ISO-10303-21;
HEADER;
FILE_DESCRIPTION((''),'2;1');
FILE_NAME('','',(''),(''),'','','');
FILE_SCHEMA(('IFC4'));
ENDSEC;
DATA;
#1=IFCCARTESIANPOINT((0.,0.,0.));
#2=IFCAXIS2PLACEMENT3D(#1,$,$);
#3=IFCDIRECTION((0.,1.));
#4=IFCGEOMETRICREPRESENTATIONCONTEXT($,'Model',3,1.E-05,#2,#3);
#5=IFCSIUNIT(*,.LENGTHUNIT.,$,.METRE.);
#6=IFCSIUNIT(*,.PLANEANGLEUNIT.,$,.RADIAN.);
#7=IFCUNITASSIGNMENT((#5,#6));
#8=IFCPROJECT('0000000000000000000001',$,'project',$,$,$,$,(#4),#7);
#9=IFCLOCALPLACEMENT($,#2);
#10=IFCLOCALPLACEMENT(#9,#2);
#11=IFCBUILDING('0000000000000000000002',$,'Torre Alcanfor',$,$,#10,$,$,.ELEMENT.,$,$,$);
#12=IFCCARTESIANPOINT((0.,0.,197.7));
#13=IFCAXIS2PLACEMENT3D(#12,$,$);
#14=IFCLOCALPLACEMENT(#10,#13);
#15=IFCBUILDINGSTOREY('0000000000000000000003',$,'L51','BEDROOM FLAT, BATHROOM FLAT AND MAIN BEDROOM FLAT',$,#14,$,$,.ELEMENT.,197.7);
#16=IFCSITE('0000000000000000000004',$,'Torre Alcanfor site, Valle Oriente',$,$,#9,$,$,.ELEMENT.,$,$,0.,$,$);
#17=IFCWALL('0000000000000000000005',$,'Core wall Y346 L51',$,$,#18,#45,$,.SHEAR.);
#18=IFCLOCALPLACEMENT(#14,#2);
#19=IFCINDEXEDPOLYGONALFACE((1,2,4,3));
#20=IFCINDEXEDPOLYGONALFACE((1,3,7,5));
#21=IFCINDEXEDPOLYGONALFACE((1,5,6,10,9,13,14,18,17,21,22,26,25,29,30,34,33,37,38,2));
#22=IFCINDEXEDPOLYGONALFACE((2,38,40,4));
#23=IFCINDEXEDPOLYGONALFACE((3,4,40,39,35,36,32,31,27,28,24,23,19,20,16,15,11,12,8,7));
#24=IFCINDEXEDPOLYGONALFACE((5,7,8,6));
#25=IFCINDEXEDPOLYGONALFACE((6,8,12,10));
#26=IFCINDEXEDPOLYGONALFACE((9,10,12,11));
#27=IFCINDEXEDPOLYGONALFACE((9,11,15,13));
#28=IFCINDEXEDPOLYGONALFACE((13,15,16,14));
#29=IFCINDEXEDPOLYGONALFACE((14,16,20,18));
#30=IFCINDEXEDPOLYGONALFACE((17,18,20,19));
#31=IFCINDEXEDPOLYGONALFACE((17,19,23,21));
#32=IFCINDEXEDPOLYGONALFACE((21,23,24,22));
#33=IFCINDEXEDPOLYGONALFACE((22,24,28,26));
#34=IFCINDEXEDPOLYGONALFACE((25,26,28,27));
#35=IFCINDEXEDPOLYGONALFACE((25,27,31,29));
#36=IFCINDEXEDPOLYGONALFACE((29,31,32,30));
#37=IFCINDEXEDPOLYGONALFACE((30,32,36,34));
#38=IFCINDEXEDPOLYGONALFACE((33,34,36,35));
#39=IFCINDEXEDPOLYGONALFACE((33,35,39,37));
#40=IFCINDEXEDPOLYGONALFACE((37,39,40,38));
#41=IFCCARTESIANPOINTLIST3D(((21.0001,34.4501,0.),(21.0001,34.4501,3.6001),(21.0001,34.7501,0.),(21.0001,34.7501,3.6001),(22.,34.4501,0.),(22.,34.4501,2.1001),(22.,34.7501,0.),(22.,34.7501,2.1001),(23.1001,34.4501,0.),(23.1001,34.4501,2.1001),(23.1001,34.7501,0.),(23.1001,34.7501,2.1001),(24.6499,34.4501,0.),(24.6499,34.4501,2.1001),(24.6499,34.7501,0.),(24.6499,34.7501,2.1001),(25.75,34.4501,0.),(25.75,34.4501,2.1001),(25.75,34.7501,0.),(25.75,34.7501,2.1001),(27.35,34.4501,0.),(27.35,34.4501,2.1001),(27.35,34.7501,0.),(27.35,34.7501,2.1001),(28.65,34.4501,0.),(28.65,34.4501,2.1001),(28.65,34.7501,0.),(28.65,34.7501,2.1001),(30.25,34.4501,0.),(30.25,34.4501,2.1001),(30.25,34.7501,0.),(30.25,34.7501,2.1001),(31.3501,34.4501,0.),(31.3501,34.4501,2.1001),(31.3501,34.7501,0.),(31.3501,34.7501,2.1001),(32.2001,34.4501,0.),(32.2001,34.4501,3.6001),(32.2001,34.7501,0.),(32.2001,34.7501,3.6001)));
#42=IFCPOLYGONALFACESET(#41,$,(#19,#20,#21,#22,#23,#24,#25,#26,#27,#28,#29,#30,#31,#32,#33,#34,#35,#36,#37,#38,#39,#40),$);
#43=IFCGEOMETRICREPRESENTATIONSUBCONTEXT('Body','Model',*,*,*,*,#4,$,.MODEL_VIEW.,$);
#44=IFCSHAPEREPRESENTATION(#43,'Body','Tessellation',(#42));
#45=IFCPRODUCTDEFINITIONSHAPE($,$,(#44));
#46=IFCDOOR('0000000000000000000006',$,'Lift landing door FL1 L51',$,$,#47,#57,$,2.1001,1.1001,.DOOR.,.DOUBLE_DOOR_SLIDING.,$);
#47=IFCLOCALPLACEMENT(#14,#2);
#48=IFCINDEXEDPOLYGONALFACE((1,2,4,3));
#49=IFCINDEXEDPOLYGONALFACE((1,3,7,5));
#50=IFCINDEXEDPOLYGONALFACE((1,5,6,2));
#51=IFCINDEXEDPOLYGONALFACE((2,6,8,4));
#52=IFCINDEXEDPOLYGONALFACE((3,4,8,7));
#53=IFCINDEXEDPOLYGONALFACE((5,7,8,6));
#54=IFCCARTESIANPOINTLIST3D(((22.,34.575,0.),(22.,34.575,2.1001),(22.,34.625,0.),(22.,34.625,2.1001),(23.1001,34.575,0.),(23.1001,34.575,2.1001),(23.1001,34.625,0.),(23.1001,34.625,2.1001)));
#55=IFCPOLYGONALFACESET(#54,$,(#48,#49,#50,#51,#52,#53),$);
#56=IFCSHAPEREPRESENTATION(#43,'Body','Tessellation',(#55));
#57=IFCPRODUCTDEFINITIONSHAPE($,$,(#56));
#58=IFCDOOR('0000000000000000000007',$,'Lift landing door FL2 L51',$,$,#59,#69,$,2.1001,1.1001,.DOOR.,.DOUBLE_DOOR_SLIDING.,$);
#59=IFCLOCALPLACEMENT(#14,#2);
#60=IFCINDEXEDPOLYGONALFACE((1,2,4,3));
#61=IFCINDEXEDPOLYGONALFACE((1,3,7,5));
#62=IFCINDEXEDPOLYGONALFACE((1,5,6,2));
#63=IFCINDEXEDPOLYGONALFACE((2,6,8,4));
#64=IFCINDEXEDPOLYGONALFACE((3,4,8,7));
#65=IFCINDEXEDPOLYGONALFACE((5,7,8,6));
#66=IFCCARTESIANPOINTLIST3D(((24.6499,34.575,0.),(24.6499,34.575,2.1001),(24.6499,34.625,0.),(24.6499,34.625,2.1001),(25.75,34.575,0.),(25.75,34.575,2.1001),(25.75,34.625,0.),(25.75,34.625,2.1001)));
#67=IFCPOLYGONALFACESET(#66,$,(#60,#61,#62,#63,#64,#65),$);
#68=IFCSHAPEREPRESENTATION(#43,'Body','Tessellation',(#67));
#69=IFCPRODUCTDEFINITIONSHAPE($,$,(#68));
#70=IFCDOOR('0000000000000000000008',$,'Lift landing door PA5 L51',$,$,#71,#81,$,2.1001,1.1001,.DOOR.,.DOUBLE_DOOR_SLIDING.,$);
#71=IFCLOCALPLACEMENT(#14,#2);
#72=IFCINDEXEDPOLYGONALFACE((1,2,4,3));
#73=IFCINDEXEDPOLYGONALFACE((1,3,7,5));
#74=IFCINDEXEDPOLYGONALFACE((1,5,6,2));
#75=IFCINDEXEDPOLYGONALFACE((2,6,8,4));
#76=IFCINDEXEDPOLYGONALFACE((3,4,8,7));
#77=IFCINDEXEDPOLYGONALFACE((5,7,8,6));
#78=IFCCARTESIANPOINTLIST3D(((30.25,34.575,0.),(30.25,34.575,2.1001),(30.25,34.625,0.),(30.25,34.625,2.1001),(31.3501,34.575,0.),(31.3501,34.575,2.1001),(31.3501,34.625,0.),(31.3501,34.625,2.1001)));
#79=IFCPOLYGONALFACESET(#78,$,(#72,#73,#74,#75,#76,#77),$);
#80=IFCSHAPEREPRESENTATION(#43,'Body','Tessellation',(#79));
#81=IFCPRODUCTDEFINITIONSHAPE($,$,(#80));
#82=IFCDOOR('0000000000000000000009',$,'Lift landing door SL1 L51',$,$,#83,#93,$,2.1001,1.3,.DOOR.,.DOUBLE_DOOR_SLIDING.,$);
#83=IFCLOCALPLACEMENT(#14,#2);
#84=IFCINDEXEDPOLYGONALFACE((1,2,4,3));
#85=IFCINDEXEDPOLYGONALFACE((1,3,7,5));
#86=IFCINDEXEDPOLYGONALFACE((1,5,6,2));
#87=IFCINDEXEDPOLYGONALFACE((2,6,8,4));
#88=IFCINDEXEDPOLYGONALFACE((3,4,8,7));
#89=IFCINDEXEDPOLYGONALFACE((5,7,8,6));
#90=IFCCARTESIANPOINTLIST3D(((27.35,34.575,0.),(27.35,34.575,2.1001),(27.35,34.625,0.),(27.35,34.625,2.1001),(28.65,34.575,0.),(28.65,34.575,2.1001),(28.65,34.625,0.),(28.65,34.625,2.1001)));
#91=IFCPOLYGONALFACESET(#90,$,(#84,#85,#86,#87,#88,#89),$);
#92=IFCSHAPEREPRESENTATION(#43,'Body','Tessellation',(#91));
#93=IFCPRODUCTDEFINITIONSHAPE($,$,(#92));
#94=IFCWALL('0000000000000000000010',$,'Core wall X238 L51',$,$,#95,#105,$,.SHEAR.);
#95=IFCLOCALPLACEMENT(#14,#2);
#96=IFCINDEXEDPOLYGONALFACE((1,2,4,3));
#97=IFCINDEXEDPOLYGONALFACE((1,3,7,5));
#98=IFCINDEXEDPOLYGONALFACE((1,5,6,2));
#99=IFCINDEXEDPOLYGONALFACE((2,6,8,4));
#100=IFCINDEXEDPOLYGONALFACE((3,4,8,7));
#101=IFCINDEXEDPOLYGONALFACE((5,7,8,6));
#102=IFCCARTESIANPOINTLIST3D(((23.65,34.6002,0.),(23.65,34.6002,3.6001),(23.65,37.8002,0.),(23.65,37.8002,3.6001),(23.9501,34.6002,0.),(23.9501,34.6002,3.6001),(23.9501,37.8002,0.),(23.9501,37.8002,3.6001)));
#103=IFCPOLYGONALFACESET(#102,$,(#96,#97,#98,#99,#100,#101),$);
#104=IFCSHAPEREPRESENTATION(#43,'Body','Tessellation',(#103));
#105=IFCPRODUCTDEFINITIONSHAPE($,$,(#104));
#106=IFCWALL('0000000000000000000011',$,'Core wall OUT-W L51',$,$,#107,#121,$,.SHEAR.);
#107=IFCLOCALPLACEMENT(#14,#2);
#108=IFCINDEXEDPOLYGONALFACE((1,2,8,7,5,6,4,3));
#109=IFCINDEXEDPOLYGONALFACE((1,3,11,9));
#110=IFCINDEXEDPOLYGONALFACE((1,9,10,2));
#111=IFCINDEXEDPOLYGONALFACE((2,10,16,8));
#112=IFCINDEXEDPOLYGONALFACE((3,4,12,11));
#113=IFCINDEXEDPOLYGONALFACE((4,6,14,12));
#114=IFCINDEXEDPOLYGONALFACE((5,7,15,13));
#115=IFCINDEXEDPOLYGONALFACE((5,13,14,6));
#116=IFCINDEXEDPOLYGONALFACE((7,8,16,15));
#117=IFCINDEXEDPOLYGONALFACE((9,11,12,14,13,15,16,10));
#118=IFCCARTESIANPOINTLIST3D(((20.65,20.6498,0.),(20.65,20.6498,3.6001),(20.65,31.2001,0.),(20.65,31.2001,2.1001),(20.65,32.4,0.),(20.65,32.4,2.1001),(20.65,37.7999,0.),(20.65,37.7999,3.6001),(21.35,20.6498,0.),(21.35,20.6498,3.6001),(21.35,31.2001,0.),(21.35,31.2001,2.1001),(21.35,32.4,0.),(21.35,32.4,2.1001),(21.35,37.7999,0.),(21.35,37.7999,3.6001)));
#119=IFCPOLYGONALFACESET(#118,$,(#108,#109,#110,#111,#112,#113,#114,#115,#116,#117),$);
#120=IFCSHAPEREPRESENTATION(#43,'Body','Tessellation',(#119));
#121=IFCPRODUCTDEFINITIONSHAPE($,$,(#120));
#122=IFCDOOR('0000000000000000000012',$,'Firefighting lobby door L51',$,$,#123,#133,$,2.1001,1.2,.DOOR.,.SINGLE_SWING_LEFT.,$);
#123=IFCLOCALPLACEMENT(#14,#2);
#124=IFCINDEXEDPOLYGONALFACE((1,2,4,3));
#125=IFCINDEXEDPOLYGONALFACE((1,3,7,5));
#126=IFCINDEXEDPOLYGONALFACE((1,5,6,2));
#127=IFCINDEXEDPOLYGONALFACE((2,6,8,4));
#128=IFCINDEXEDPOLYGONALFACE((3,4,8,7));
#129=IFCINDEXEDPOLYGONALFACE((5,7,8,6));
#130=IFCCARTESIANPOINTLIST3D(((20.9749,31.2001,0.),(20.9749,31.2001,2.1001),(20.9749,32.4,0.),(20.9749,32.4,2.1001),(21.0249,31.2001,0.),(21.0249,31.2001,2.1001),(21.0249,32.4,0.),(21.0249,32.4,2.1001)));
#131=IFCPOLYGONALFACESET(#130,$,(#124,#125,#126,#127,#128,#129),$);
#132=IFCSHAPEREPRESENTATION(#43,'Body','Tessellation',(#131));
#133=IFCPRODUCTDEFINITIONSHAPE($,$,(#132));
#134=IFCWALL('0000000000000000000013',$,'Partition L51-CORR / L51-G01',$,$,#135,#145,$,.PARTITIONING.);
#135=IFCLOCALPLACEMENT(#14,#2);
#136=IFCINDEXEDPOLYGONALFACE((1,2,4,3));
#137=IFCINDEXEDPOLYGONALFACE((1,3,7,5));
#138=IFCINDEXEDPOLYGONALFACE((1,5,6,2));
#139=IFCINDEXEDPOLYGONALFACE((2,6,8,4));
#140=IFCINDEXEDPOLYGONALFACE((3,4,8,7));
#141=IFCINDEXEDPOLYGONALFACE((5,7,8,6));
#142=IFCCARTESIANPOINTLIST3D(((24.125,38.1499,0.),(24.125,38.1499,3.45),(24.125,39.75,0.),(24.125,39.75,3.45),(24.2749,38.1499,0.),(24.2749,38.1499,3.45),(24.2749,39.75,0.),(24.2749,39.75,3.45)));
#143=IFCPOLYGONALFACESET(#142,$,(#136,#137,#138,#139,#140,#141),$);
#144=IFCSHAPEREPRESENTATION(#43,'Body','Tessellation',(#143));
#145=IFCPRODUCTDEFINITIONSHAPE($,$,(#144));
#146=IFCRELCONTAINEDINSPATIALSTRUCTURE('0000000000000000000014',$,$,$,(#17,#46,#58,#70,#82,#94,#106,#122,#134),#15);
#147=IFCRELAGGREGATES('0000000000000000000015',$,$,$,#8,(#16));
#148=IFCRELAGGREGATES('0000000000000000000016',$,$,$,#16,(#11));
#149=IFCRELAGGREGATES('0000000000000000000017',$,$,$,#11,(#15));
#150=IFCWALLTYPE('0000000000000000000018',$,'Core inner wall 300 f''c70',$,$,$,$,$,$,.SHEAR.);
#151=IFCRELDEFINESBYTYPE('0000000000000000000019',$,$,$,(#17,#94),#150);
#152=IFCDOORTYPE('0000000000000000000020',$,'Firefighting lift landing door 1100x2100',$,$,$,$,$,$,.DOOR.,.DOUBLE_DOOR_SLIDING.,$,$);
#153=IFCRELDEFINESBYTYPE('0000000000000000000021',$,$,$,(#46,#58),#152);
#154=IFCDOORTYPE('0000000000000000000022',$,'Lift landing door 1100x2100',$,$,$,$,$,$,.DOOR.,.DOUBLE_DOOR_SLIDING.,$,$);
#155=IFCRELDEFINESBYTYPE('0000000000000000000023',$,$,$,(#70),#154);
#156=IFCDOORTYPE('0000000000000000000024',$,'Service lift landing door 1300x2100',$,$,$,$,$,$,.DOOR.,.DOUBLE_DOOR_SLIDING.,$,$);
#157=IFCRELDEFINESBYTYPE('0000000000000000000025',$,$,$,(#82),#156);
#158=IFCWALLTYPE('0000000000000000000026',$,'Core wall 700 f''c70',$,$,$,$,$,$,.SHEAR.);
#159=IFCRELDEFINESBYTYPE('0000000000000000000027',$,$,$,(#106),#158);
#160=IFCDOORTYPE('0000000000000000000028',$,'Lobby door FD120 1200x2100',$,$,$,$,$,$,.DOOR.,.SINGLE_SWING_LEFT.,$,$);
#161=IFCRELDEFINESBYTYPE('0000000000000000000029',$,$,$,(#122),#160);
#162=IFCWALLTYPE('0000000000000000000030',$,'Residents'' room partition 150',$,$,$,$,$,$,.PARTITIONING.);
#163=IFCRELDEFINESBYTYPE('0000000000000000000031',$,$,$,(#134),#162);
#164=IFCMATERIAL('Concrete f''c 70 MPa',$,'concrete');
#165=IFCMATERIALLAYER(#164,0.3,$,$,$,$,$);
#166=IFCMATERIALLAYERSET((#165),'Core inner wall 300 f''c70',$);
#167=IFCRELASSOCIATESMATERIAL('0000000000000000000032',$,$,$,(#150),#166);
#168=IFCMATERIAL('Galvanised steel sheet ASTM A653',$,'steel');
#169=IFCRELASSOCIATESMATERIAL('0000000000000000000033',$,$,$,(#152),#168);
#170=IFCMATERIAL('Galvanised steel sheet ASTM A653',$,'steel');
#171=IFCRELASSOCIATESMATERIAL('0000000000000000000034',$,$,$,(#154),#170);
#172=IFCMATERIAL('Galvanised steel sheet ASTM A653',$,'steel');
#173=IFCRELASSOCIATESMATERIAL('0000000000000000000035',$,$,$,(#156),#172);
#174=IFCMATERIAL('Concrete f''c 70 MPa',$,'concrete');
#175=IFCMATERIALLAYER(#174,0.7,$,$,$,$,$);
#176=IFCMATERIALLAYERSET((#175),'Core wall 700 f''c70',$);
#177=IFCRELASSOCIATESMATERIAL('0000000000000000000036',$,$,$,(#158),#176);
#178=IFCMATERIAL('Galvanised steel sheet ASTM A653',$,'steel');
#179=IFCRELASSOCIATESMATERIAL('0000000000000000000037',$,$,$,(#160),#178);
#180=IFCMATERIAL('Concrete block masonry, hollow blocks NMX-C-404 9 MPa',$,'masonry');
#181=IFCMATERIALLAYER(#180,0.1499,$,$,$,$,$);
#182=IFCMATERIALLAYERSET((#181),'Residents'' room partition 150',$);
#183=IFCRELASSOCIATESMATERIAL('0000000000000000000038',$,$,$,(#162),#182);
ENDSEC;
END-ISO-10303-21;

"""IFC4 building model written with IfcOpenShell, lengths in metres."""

from ifc_helpers import new_model, si_unit, direction, frame, frame_2d, origin, place, context, subcontext, project, spatial, rectangle, extrude, material, layer, layer_set, type_object, element, fill, save


model = new_model("IFC4")

# Units and contexts
model_context = context("Model", 3, precision=1e-05, world=origin(), true_north=direction((0.0, 1.0)))
body_context = subcontext(model_context, "Body", "Model", "MODEL_VIEW")
ifc_project = project(units=[si_unit("LENGTHUNIT", "METRE"), si_unit("PLANEANGLEUNIT", "RADIAN")], contexts=[model_context])

# Site, building, storey
site_placement = place(None, origin())
site = spatial("IfcSite", under=ifc_project, at=site_placement, Name="Torre Alcanfor site, Valle Oriente", CompositionType="ELEMENT", RefElevation=0.0)
building_placement = place(site_placement, origin())
building = spatial("IfcBuilding", under=site, at=building_placement, Name="Torre Alcanfor", CompositionType="ELEMENT")
storey_placement = place(building_placement, frame((0.0, 0.0, 197.7)))
storey = spatial("IfcBuildingStorey", under=building, at=storey_placement, Name="L51", Description="BEDROOM FLAT, BATHROOM FLAT AND MAIN BEDROOM FLAT", CompositionType="ELEMENT", Elevation=197.7)

# Wall, openings, doors
ifc_material_1 = material(Name="Concrete f'c 70 MPa", Category="concrete")
ifc_layer_1 = layer(ifc_material_1, 0.3)
ifc_layer_set_1 = layer_set([ifc_layer_1], Name="Core inner wall 300 f'c70")
wall_type_1 = type_object("IfcWallType", Name="Core inner wall 300 f'c70", PredefinedType="SHEAR", material=ifc_layer_set_1)
wall_1_placement = place(storey_placement, frame((21.0, 34.6001, 0.0), z_axis=(0.0, 0.0, 1.0), x_axis=(1.0, 0.0, 0.0)))
wall_1 = element("IfcWall", 1, at=wall_1_placement, inside=storey, type_object=wall_type_1, Name="Core wall Y346 L51", PredefinedType="SHEAR", context=body_context, shape_type="SweptSolid", body=[
    extrude(rectangle(XDim=11.2, YDim=0.3, at=frame_2d((5.6001, 0.0))), origin(), (0.0, 0.0, 1.0), 3.6001),
])
opening_1_placement = place(wall_1_placement, frame((9.25, 0.0, 0.0)))
opening_1 = element("IfcOpeningElement", 2, at=opening_1_placement, cuts=wall_1, PredefinedType="OPENING", context=body_context, shape_type="SweptSolid", body=[
    extrude(rectangle(XDim=1.1001, YDim=2.1001, at=frame_2d((0.55, 1.05))), frame((0.0, 0.1599, 0.0), z_axis=(0.0, -1.0, 0.0), x_axis=(1.0, 0.0, 0.0)), (0.0, 0.0, 1.0), 0.3201),
])
opening_2_placement = place(wall_1_placement, frame((1.0, 0.0, 0.0)))
opening_2 = element("IfcOpeningElement", 3, at=opening_2_placement, cuts=wall_1, PredefinedType="OPENING", context=body_context, shape_type="SweptSolid", body=[
    extrude(rectangle(XDim=1.1001, YDim=2.1001, at=frame_2d((0.55, 1.05))), frame((0.0, 0.1599, 0.0), z_axis=(0.0, -1.0, 0.0), x_axis=(1.0, 0.0, 0.0)), (0.0, 0.0, 1.0), 0.3201),
])
opening_3_placement = place(wall_1_placement, frame((3.6499, 0.0, 0.0)))
opening_3 = element("IfcOpeningElement", 4, at=opening_3_placement, cuts=wall_1, PredefinedType="OPENING", context=body_context, shape_type="SweptSolid", body=[
    extrude(rectangle(XDim=1.1001, YDim=2.1001, at=frame_2d((0.55, 1.05))), frame((0.0, 0.1599, 0.0), z_axis=(0.0, -1.0, 0.0), x_axis=(1.0, 0.0, 0.0)), (0.0, 0.0, 1.0), 0.3201),
])
opening_4_placement = place(wall_1_placement, frame((6.3501, 0.0, 0.0)))
opening_4 = element("IfcOpeningElement", 5, at=opening_4_placement, cuts=wall_1, PredefinedType="OPENING", context=body_context, shape_type="SweptSolid", body=[
    extrude(rectangle(XDim=1.3, YDim=2.1001, at=frame_2d((0.6499, 1.05))), frame((0.0, 0.1599, 0.0), z_axis=(0.0, -1.0, 0.0), x_axis=(1.0, 0.0, 0.0)), (0.0, 0.0, 1.0), 0.3201),
])
ifc_material_2 = material(Name="Galvanised steel sheet ASTM A653", Category="steel")
door_type_1 = type_object("IfcDoorType", Name="Firefighting lift landing door 1100x2100", OperationType="DOUBLE_DOOR_SLIDING", PredefinedType="DOOR", material=ifc_material_2)
door_1_placement = place(opening_2_placement, origin())
door_1 = element("IfcDoor", 6, at=door_1_placement, inside=storey, type_object=door_type_1, Name="Lift landing door FL1 L51", OperationType="DOUBLE_DOOR_SLIDING", OverallHeight=2.1001, OverallWidth=1.1001, PredefinedType="DOOR", context=body_context, shape_type="SweptSolid", body=[
    extrude(rectangle(XDim=1.1001, YDim=2.1001, at=frame_2d((0.55, 1.05))), frame((0.0, 0.0249, 0.0), z_axis=(0.0, -1.0, 0.0), x_axis=(1.0, 0.0, 0.0)), (0.0, 0.0, 1.0), 0.05),
])
fill(opening_2, door_1)
door_2_placement = place(opening_3_placement, origin())
door_2 = element("IfcDoor", 7, at=door_2_placement, inside=storey, type_object=door_type_1, Name="Lift landing door FL2 L51", OperationType="DOUBLE_DOOR_SLIDING", OverallHeight=2.1001, OverallWidth=1.1001, PredefinedType="DOOR", context=body_context, shape_type="SweptSolid", body=[
    extrude(rectangle(XDim=1.1001, YDim=2.1001, at=frame_2d((0.55, 1.05))), frame((0.0, 0.0249, 0.0), z_axis=(0.0, -1.0, 0.0), x_axis=(1.0, 0.0, 0.0)), (0.0, 0.0, 1.0), 0.05),
])
fill(opening_3, door_2)
ifc_material_3 = material(Name="Galvanised steel sheet ASTM A653", Category="steel")
door_type_2 = type_object("IfcDoorType", Name="Lift landing door 1100x2100", OperationType="DOUBLE_DOOR_SLIDING", PredefinedType="DOOR", material=ifc_material_3)
door_3_placement = place(opening_1_placement, origin())
door_3 = element("IfcDoor", 8, at=door_3_placement, inside=storey, type_object=door_type_2, Name="Lift landing door PA5 L51", OperationType="DOUBLE_DOOR_SLIDING", OverallHeight=2.1001, OverallWidth=1.1001, PredefinedType="DOOR", context=body_context, shape_type="SweptSolid", body=[
    extrude(rectangle(XDim=1.1001, YDim=2.1001, at=frame_2d((0.55, 1.05))), frame((0.0, 0.0249, 0.0), z_axis=(0.0, -1.0, 0.0), x_axis=(1.0, 0.0, 0.0)), (0.0, 0.0, 1.0), 0.05),
])
fill(opening_1, door_3)
ifc_material_4 = material(Name="Galvanised steel sheet ASTM A653", Category="steel")
door_type_3 = type_object("IfcDoorType", Name="Service lift landing door 1300x2100", OperationType="DOUBLE_DOOR_SLIDING", PredefinedType="DOOR", material=ifc_material_4)
door_4_placement = place(opening_4_placement, origin())
door_4 = element("IfcDoor", 9, at=door_4_placement, inside=storey, type_object=door_type_3, Name="Lift landing door SL1 L51", OperationType="DOUBLE_DOOR_SLIDING", OverallHeight=2.1001, OverallWidth=1.3, PredefinedType="DOOR", context=body_context, shape_type="SweptSolid", body=[
    extrude(rectangle(XDim=1.3, YDim=2.1001, at=frame_2d((0.6499, 1.05))), frame((0.0, 0.0249, 0.0), z_axis=(0.0, -1.0, 0.0), x_axis=(1.0, 0.0, 0.0)), (0.0, 0.0, 1.0), 0.05),
])
fill(opening_4, door_4)

# Wall
wall_2_placement = place(storey_placement, frame((23.8, 34.6001, 0.0), z_axis=(0.0, 0.0, 1.0), x_axis=(0.0, 1.0, 0.0)))
element("IfcWall", 10, at=wall_2_placement, inside=storey, type_object=wall_type_1, Name="Core wall X238 L51", PredefinedType="SHEAR", context=body_context, shape_type="SweptSolid", body=[
    extrude(rectangle(XDim=3.2, YDim=0.3, at=frame_2d((1.6001, 0.0))), origin(), (0.0, 0.0, 1.0), 3.6001),
])

# Wall, opening, door
ifc_material_5 = material(Name="Concrete f'c 70 MPa", Category="concrete")
ifc_layer_2 = layer(ifc_material_5, 0.7)
ifc_layer_set_2 = layer_set([ifc_layer_2], Name="Core wall 700 f'c70")
wall_type_2 = type_object("IfcWallType", Name="Core wall 700 f'c70", PredefinedType="SHEAR", material=ifc_layer_set_2)
wall_3_placement = place(storey_placement, frame((21.0, 37.8, 0.0), z_axis=(0.0, 0.0, 1.0), x_axis=(0.0, -1.0, 0.0)))
wall_3 = element("IfcWall", 11, at=wall_3_placement, inside=storey, type_object=wall_type_2, Name="Core wall OUT-W L51", PredefinedType="SHEAR", context=body_context, shape_type="SweptSolid", body=[
    extrude(rectangle(XDim=17.1501, YDim=0.7, at=frame_2d((8.5752, 0.0))), origin(), (0.0, 0.0, 1.0), 3.6001),
])
opening_5_placement = place(wall_3_placement, frame((5.3999, 0.0, 0.0)))
opening_5 = element("IfcOpeningElement", 12, at=opening_5_placement, cuts=wall_3, PredefinedType="OPENING", context=body_context, shape_type="SweptSolid", body=[
    extrude(rectangle(XDim=1.2, YDim=2.1001, at=frame_2d((0.6001, 1.05))), frame((0.0, 0.3599, 0.0), z_axis=(0.0, -1.0, 0.0), x_axis=(1.0, 0.0, 0.0)), (0.0, 0.0, 1.0), 0.72),
])
ifc_material_6 = material(Name="Galvanised steel sheet ASTM A653", Category="steel")
door_type_4 = type_object("IfcDoorType", Name="Lobby door FD120 1200x2100", OperationType="SINGLE_SWING_LEFT", PredefinedType="DOOR", material=ifc_material_6)
door_5_placement = place(opening_5_placement, origin())
door_5 = element("IfcDoor", 13, at=door_5_placement, inside=storey, type_object=door_type_4, Name="Firefighting lobby door L51", OperationType="SINGLE_SWING_LEFT", OverallHeight=2.1001, OverallWidth=1.2, PredefinedType="DOOR", context=body_context, shape_type="SweptSolid", body=[
    extrude(rectangle(XDim=1.2, YDim=2.1001, at=frame_2d((0.6001, 1.05))), frame((0.0, 0.0249, 0.0), z_axis=(0.0, -1.0, 0.0), x_axis=(1.0, 0.0, 0.0)), (0.0, 0.0, 1.0), 0.05),
])
fill(opening_5, door_5)

# Wall
ifc_material_7 = material(Name="Concrete block masonry, hollow blocks NMX-C-404 9 MPa", Category="masonry")
ifc_layer_3 = layer(ifc_material_7, 0.1499)
ifc_layer_set_3 = layer_set([ifc_layer_3], Name="Residents' room partition 150")
wall_type_3 = type_object("IfcWallType", Name="Residents' room partition 150", PredefinedType="PARTITIONING", material=ifc_layer_set_3)
wall_4_placement = place(storey_placement, frame((24.2, 38.1499, 0.0), z_axis=(0.0, 0.0, 1.0), x_axis=(0.0, 1.0, 0.0)))
element("IfcWall", 14, at=wall_4_placement, inside=storey, type_object=wall_type_3, Name="Partition L51-CORR / L51-G01", PredefinedType="PARTITIONING", context=body_context, shape_type="SweptSolid", body=[
    extrude(rectangle(XDim=1.6001, YDim=0.1499, at=frame_2d((0.8, 0.0))), origin(), (0.0, 0.0, 1.0), 3.45),
])

save(model, "model.ifc")
